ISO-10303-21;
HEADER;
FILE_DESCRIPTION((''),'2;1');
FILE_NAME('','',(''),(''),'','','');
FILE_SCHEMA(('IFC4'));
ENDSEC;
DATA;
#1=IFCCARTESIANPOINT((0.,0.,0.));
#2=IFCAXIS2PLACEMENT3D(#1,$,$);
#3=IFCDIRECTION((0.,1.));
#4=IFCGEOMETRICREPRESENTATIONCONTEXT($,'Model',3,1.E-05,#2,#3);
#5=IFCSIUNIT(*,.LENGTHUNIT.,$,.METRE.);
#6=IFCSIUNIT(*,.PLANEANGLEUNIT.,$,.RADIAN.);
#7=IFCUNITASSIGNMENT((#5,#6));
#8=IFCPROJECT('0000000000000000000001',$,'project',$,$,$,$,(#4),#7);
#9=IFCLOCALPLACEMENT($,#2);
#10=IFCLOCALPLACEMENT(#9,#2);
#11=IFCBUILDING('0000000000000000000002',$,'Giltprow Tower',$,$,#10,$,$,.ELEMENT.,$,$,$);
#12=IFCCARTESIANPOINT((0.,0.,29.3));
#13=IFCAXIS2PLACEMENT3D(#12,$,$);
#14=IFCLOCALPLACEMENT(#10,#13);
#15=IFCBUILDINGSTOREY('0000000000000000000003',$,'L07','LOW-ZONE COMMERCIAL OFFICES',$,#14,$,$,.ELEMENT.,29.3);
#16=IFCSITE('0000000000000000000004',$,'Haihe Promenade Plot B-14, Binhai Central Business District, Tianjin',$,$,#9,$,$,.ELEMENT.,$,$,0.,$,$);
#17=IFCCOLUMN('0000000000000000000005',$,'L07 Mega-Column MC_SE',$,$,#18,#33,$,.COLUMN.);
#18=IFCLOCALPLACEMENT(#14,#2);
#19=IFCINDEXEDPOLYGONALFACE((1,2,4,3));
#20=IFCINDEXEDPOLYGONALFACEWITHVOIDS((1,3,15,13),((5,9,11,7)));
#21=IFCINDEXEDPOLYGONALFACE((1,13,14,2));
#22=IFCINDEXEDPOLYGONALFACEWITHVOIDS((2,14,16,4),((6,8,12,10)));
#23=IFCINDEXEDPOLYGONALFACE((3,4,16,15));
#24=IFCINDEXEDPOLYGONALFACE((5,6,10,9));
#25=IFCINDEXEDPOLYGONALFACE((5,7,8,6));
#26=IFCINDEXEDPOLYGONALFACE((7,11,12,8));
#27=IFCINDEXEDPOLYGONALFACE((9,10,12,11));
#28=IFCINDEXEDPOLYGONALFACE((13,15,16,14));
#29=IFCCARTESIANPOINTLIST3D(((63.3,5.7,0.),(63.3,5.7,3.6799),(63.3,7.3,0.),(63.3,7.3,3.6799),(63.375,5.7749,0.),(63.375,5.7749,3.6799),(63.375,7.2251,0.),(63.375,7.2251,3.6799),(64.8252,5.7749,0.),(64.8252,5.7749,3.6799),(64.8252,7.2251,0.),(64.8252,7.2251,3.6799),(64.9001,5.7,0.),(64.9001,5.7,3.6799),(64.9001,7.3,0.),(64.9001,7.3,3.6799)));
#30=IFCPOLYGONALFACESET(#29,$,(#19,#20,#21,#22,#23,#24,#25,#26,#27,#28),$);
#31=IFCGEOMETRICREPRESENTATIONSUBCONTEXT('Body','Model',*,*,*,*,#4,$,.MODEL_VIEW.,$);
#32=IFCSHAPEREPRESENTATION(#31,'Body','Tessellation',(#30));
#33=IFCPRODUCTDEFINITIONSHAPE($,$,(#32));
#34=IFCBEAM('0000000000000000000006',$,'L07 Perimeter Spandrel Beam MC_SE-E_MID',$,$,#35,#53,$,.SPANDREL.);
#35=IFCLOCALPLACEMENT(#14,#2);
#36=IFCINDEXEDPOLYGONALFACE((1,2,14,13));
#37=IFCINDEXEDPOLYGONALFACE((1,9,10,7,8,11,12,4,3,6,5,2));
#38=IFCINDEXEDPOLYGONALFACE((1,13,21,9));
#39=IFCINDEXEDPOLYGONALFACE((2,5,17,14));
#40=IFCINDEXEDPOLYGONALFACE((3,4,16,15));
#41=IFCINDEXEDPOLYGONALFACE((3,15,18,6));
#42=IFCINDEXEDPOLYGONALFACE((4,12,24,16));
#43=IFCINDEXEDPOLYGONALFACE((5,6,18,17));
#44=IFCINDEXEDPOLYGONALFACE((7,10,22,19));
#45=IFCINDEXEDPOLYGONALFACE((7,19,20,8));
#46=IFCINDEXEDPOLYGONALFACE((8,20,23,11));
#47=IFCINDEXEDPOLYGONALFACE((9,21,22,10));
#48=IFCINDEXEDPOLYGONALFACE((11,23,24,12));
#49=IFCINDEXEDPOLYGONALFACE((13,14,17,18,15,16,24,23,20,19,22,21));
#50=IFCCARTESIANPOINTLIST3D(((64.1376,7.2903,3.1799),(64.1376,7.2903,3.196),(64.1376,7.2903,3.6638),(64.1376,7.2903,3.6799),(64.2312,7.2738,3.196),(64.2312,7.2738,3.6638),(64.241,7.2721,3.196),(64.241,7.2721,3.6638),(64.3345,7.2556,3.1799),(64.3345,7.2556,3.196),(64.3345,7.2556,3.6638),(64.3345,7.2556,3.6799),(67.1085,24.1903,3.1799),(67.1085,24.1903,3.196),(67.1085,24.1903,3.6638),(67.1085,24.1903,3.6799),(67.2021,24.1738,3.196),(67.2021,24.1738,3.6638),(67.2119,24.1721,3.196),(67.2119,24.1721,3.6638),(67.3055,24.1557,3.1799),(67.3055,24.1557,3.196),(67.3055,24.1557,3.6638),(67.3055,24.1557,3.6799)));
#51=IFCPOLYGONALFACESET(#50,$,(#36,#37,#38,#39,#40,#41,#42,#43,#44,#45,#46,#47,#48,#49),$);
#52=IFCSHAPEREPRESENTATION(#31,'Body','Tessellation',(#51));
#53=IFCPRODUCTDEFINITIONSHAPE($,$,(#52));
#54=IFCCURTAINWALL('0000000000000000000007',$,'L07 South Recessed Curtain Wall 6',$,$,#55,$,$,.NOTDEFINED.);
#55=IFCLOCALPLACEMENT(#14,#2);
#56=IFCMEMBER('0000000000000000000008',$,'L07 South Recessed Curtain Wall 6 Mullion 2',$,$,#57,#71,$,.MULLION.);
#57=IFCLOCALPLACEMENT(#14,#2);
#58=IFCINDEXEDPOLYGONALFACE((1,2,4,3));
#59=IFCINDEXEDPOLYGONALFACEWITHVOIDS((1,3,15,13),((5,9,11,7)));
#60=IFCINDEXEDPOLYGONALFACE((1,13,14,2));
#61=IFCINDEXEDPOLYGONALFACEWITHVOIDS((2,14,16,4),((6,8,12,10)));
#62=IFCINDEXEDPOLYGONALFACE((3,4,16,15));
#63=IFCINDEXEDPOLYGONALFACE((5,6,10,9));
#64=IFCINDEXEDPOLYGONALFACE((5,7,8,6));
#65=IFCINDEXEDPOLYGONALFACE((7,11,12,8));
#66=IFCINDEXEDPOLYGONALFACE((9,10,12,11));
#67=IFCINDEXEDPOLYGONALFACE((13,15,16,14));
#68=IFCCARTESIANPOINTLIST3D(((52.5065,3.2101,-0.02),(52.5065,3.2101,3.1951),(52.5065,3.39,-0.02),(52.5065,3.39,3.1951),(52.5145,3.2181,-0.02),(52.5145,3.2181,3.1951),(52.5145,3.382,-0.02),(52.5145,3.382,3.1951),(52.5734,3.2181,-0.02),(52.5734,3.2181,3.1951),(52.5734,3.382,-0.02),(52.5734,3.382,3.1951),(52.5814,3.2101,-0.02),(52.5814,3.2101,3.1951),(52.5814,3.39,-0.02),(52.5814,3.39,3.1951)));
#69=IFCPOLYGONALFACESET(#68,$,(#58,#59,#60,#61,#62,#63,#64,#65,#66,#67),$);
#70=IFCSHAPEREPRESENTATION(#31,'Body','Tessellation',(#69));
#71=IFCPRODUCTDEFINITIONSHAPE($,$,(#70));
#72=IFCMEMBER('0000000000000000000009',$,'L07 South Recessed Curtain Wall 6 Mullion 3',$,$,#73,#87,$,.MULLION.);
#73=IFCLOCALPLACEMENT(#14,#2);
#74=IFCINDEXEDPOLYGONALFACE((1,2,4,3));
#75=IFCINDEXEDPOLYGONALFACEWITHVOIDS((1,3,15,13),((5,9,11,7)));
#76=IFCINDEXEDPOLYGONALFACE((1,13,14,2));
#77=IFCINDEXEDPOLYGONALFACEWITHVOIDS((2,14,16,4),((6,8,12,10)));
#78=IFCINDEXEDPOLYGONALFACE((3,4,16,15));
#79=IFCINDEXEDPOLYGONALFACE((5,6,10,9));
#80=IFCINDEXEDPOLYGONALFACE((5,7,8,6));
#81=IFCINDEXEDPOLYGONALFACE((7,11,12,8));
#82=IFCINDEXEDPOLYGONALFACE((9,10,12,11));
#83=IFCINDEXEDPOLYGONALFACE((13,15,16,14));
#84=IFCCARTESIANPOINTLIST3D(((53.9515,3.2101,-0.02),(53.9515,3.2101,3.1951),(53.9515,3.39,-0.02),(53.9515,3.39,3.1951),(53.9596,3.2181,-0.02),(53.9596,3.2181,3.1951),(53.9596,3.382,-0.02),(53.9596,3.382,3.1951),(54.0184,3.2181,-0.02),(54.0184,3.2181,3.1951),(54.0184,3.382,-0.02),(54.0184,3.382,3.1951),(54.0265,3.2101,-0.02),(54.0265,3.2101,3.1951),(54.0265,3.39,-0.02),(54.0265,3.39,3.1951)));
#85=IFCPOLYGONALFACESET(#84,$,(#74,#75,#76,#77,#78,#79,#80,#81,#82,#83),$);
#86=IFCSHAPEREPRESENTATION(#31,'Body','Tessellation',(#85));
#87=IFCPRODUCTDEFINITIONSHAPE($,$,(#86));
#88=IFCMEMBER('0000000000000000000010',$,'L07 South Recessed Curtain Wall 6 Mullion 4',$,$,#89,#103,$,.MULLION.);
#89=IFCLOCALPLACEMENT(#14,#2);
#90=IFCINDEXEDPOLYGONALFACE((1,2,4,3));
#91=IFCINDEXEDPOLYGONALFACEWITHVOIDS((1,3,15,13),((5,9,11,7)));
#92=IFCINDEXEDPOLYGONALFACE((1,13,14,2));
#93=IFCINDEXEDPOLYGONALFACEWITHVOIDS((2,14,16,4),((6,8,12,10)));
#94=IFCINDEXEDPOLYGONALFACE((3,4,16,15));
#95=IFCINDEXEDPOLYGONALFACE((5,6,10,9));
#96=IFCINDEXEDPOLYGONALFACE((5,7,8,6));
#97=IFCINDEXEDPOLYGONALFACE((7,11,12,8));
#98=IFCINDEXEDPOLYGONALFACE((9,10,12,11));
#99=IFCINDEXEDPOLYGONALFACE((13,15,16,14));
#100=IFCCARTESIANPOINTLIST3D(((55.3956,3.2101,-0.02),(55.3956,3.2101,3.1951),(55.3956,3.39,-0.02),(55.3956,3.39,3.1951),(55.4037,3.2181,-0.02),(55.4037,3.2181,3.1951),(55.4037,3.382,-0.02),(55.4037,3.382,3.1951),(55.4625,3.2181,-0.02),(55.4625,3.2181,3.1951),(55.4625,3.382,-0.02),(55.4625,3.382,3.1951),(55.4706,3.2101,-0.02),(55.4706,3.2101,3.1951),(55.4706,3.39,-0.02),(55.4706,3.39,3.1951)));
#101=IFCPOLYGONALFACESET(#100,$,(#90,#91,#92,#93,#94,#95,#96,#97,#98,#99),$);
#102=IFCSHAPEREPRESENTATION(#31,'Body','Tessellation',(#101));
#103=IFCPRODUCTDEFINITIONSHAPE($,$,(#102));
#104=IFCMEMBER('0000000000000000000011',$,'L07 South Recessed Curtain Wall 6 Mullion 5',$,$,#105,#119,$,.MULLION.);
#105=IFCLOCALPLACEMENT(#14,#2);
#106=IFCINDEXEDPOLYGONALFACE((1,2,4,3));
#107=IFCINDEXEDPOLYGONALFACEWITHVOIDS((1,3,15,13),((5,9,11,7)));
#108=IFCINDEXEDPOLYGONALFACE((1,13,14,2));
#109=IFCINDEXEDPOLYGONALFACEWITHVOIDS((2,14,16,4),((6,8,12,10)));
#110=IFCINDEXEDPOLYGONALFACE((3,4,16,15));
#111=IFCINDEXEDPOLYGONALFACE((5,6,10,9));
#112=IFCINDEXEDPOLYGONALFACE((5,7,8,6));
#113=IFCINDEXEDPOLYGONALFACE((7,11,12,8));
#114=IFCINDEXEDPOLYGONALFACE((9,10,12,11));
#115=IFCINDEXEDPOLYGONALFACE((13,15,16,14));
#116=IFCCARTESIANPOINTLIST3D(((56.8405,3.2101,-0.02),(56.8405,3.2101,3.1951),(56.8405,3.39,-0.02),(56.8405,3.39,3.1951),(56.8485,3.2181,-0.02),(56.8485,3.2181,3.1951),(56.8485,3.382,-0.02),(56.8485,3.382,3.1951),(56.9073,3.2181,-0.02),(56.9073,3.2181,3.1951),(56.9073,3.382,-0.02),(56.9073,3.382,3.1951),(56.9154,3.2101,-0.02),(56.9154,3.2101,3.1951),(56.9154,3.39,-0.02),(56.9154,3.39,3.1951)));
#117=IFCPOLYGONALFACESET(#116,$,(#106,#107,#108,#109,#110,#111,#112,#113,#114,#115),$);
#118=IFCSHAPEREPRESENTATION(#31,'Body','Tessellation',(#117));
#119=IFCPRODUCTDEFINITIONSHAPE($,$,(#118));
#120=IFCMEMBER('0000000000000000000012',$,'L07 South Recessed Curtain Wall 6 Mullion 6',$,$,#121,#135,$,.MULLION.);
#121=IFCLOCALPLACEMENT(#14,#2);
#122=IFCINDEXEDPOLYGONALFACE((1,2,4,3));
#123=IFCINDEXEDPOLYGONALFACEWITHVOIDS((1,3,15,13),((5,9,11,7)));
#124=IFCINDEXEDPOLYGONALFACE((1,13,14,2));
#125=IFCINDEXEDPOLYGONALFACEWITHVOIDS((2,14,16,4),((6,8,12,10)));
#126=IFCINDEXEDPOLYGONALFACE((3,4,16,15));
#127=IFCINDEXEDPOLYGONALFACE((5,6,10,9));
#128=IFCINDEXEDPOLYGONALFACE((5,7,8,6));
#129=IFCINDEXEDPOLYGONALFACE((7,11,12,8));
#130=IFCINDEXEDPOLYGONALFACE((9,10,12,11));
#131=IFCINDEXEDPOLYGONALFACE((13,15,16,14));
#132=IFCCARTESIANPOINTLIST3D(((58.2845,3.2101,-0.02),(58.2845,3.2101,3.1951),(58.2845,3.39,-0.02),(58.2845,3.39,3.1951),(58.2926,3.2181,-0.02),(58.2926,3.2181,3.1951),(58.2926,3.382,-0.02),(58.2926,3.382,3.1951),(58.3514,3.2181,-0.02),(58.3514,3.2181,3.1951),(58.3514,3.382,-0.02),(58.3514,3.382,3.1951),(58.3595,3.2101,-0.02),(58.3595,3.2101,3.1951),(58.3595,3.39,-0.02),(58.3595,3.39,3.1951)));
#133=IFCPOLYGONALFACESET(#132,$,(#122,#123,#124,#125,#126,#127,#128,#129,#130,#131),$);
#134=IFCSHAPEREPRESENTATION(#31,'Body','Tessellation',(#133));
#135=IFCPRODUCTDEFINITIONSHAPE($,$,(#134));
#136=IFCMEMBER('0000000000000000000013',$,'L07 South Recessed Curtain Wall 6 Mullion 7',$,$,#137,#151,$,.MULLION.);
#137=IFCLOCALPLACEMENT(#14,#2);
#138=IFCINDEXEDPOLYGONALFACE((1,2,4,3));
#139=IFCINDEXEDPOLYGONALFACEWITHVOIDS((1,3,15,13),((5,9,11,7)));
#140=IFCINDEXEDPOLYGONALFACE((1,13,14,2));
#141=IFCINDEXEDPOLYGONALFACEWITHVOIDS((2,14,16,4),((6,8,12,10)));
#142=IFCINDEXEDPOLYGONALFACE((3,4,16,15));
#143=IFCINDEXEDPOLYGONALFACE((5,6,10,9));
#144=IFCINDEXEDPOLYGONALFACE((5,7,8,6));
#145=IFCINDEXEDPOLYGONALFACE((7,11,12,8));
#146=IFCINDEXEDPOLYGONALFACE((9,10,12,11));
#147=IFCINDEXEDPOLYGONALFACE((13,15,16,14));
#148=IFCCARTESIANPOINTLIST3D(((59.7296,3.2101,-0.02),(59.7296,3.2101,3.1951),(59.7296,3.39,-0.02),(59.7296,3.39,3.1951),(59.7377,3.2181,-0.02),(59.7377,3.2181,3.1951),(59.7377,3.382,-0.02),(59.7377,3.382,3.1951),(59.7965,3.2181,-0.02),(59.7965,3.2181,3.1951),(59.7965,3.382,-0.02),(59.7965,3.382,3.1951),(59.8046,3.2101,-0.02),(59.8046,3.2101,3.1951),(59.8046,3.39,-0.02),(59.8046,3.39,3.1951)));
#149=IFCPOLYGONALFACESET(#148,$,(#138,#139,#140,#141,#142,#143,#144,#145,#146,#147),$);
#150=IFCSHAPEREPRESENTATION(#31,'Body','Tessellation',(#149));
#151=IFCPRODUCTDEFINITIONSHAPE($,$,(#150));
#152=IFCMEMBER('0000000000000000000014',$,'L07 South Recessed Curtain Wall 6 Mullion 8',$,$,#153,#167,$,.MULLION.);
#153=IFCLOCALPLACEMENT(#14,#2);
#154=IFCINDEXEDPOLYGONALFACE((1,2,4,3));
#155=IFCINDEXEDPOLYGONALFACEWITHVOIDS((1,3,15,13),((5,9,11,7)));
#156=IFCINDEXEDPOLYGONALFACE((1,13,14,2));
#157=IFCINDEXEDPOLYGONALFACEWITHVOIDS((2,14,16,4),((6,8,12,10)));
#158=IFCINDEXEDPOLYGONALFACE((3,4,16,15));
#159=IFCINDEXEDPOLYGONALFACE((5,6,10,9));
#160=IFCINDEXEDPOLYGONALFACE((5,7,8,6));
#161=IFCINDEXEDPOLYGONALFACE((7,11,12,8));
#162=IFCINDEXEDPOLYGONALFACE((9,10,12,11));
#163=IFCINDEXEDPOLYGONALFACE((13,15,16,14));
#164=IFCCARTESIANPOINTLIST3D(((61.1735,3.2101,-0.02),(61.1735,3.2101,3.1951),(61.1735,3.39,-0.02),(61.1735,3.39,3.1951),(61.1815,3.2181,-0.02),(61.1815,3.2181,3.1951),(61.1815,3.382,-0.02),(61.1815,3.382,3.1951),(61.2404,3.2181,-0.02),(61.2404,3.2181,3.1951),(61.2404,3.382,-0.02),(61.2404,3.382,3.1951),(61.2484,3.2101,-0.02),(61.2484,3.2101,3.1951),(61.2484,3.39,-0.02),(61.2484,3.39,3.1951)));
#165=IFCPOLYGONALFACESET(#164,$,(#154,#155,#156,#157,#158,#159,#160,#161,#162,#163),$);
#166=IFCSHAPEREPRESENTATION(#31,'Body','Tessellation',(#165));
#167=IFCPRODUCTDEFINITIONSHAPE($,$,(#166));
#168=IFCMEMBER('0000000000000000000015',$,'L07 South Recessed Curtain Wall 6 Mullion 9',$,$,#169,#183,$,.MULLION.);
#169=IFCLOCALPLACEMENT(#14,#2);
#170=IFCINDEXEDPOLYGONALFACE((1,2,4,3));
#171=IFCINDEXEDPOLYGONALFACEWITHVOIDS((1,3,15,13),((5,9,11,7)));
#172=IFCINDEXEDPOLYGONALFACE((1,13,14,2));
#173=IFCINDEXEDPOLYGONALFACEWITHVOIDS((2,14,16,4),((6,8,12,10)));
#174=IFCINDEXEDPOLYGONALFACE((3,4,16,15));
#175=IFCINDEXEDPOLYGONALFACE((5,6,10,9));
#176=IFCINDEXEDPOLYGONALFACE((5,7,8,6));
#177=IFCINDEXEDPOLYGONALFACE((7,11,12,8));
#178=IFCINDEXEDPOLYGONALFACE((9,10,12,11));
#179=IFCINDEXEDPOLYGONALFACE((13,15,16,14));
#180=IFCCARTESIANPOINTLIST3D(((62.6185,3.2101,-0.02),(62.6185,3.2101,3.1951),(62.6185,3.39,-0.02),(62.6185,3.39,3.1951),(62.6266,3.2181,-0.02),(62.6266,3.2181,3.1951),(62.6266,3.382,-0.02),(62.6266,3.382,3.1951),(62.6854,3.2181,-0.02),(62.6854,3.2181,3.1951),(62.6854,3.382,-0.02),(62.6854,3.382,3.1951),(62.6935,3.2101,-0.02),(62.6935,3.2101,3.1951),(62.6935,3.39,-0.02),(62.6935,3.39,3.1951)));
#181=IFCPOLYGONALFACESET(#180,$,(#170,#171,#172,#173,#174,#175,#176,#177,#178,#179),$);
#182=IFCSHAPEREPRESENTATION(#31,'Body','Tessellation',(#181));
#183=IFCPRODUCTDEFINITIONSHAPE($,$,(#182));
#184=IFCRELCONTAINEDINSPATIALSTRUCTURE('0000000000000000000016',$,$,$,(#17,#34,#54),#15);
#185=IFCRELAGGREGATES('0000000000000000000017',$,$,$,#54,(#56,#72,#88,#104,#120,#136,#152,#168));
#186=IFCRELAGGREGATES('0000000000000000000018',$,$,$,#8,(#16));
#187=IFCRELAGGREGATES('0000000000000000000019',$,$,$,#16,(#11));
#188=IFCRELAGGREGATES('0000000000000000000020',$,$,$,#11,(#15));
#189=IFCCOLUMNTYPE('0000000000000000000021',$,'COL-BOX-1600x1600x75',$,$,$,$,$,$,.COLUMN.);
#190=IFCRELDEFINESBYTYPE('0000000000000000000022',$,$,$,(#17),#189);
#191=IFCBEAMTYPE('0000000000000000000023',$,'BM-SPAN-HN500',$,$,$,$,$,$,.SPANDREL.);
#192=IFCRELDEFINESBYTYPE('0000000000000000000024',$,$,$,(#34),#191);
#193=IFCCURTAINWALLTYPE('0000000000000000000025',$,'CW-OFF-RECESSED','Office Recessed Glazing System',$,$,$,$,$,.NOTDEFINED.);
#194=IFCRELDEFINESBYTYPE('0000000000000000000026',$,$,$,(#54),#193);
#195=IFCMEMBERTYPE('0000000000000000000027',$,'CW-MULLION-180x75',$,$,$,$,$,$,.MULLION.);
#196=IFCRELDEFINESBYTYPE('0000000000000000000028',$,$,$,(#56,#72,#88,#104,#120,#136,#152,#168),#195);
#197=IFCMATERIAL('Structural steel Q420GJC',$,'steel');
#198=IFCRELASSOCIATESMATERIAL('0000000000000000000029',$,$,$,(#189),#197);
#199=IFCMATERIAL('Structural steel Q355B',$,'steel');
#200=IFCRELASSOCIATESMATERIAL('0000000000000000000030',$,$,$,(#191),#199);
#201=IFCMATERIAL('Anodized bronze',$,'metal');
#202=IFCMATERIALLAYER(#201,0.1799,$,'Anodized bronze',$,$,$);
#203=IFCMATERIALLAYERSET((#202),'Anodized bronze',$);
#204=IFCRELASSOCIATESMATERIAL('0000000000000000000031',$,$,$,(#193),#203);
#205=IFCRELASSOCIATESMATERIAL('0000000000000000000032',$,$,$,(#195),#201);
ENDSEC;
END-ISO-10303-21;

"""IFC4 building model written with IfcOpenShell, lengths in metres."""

from ifc_helpers import new_model, si_unit, direction, frame, origin, origin_2d, place, context, subcontext, project, spatial, hollow_rectangle, i_section, extrude, source, transform, mapped, material, layer, layer_set, material_profile, profile_set, type_object, element, aggregate, save


model = new_model("IFC4")

# Units and contexts
model_context = context("Model", 3, precision=1e-05, world=origin(), true_north=direction((0.0, 1.0)))
body_context = subcontext(model_context, "Body", "Model", "MODEL_VIEW")
ifc_project = project(units=[si_unit("LENGTHUNIT", "METRE"), si_unit("PLANEANGLEUNIT", "RADIAN")], contexts=[model_context])

# Site, building, storey
site_placement = place(None, origin())
site = spatial("IfcSite", under=ifc_project, at=site_placement, Name="Haihe Promenade Plot B-14, Binhai Central Business District, Tianjin", CompositionType="ELEMENT", RefElevation=0.0)
building_placement = place(site_placement, origin())
building = spatial("IfcBuilding", under=site, at=building_placement, Name="Giltprow Tower", CompositionType="ELEMENT")
storey_placement = place(building_placement, frame((0.0, 0.0, 29.3)))
storey = spatial("IfcBuildingStorey", under=building, at=storey_placement, Name="L07", Description="LOW-ZONE COMMERCIAL OFFICES", CompositionType="ELEMENT", Elevation=29.3)

# Column
ifc_material_1 = material(Name="Structural steel Q420GJC", Category="steel")
ifc_material_profile_1 = material_profile(ifc_material_1, hollow_rectangle(XDim=1.6001, YDim=1.6001, WallThickness=0.075, at=origin_2d()), Name="BOX 1600x1600x75")
ifc_profile_set_1 = profile_set([ifc_material_profile_1], Name="Structural steel Q420GJC")
column_type = type_object("IfcColumnType", Name="COL-BOX-1600x1600x75", PredefinedType="COLUMN", material=ifc_profile_set_1)
shared_shape_1 = source(origin(), body_context, "Body", "SweptSolid", [
    extrude(hollow_rectangle(XDim=1.6001, YDim=1.6001, WallThickness=0.075, at=origin_2d()), origin(), (0.0, 0.0, 1.0), 3.6799),
])
column_placement = place(storey_placement, frame((64.1001, 6.5, 0.0), z_axis=(0.0, 0.0, 1.0), x_axis=(1.0, 0.0, 0.0)))
element("IfcColumn", 1, at=column_placement, inside=storey, type_object=column_type, Name="L07 Mega-Column MC_SE", PredefinedType="COLUMN", context=body_context, shape_type="MappedRepresentation", body=[
    mapped(shared_shape_1, transform((0.0, 0.0, 0.0), x_axis=(1.0, 0.0, 0.0), y_axis=(0.0, 1.0, 0.0), z_axis=(0.0, 0.0, 1.0), scale=1.0)),
])

# Beam
ifc_material_2 = material(Name="Structural steel Q355B", Category="steel")
ifc_material_profile_2 = material_profile(ifc_material_2, i_section(OverallWidth=0.2, OverallDepth=0.5, WebThickness=0.01, FlangeThickness=0.0161, at=origin_2d()), Name="HN 500x200x10x16")
ifc_profile_set_2 = profile_set([ifc_material_profile_2], Name="Structural steel Q355B")
beam_type = type_object("IfcBeamType", Name="BM-SPAN-HN500", PredefinedType="SPANDREL", material=ifc_profile_set_2)
shared_shape_2 = source(origin(), body_context, "Body", "SweptSolid", [
    extrude(i_section(OverallWidth=0.2, OverallDepth=0.5, WebThickness=0.01, FlangeThickness=0.0161, at=origin_2d()), origin(), (0.0, 0.0, 1.0), 17.1592),
])
beam_placement = place(storey_placement, frame((64.2361, 7.2729, 3.4299), z_axis=(0.173139, 0.984897, 0.0), x_axis=(-0.984897, 0.173139, 0.0)))
element("IfcBeam", 2, at=beam_placement, inside=storey, type_object=beam_type, Name="L07 Perimeter Spandrel Beam MC_SE-E_MID", PredefinedType="SPANDREL", context=body_context, shape_type="MappedRepresentation", body=[
    mapped(shared_shape_2, transform((0.0, 0.0, 0.0), x_axis=(1.0, 0.0, 0.0), y_axis=(0.0, 1.0, 0.0), z_axis=(0.0, 0.0, 1.0), scale=1.0)),
])

# Curtain wall, members
ifc_material_3 = material(Name="Anodized bronze", Category="metal")
ifc_layer_1 = layer(ifc_material_3, 0.1799, Name="Anodized bronze")
ifc_layer_set_1 = layer_set([ifc_layer_1], Name="Anodized bronze")
curtain_wall_type = type_object("IfcCurtainWallType", Name="CW-OFF-RECESSED", Description="Office Recessed Glazing System", PredefinedType="NOTDEFINED", material=ifc_layer_set_1)
curtain_wall_placement = place(storey_placement, origin())
curtain_wall = element("IfcCurtainWall", 3, at=curtain_wall_placement, inside=storey, type_object=curtain_wall_type, Name="L07 South Recessed Curtain Wall 6", PredefinedType="NOTDEFINED")
ifc_material_profile_3 = material_profile(ifc_material_3, hollow_rectangle(XDim=0.075, YDim=0.1799, WallThickness=0.0081, at=origin_2d()), Name="RHS 180x75x8")
ifc_profile_set_3 = profile_set([ifc_material_profile_3], Name="Anodized bronze")
member_type = type_object("IfcMemberType", Name="CW-MULLION-180x75", PredefinedType="MULLION", material=ifc_profile_set_3)
shared_shape_3 = source(origin(), body_context, "Body", "SweptSolid", [
    extrude(hollow_rectangle(XDim=0.075, YDim=0.1799, WallThickness=0.0081, at=origin_2d()), origin(), (0.0, 0.0, 1.0), 3.2151),
])
member_1_placement = place(storey_placement, frame((52.5439, 3.3, -0.02), z_axis=(0.0, 0.0, 1.0), x_axis=(1.0, 0.0, 0.0)))
member_1 = element("IfcMember", 4, at=member_1_placement, type_object=member_type, Name="L07 South Recessed Curtain Wall 6 Mullion 2", PredefinedType="MULLION", context=body_context, shape_type="MappedRepresentation", body=[
    mapped(shared_shape_3, transform((0.0, 0.0, 0.0), x_axis=(1.0, 0.0, 0.0), y_axis=(0.0, 1.0, 0.0), z_axis=(0.0, 0.0, 1.0), scale=1.0)),
])
member_2_placement = place(storey_placement, frame((53.989, 3.3, -0.02), z_axis=(0.0, 0.0, 1.0), x_axis=(1.0, 0.0, 0.0)))
member_2 = element("IfcMember", 5, at=member_2_placement, type_object=member_type, Name="L07 South Recessed Curtain Wall 6 Mullion 3", PredefinedType="MULLION", context=body_context, shape_type="MappedRepresentation", body=[
    mapped(shared_shape_3, transform((0.0, 0.0, 0.0), x_axis=(1.0, 0.0, 0.0), y_axis=(0.0, 1.0, 0.0), z_axis=(0.0, 0.0, 1.0), scale=1.0)),
])
member_3_placement = place(storey_placement, frame((55.4331, 3.3, -0.02), z_axis=(0.0, 0.0, 1.0), x_axis=(1.0, 0.0, 0.0)))
member_3 = element("IfcMember", 6, at=member_3_placement, type_object=member_type, Name="L07 South Recessed Curtain Wall 6 Mullion 4", PredefinedType="MULLION", context=body_context, shape_type="MappedRepresentation", body=[
    mapped(shared_shape_3, transform((0.0, 0.0, 0.0), x_axis=(1.0, 0.0, 0.0), y_axis=(0.0, 1.0, 0.0), z_axis=(0.0, 0.0, 1.0), scale=1.0)),
])
member_4_placement = place(storey_placement, frame((56.8779, 3.3, -0.02), z_axis=(0.0, 0.0, 1.0), x_axis=(1.0, 0.0, 0.0)))
member_4 = element("IfcMember", 7, at=member_4_placement, type_object=member_type, Name="L07 South Recessed Curtain Wall 6 Mullion 5", PredefinedType="MULLION", context=body_context, shape_type="MappedRepresentation", body=[
    mapped(shared_shape_3, transform((0.0, 0.0, 0.0), x_axis=(1.0, 0.0, 0.0), y_axis=(0.0, 1.0, 0.0), z_axis=(0.0, 0.0, 1.0), scale=1.0)),
])
member_5_placement = place(storey_placement, frame((58.322, 3.3, -0.02), z_axis=(0.0, 0.0, 1.0), x_axis=(1.0, 0.0, 0.0)))
member_5 = element("IfcMember", 8, at=member_5_placement, type_object=member_type, Name="L07 South Recessed Curtain Wall 6 Mullion 6", PredefinedType="MULLION", context=body_context, shape_type="MappedRepresentation", body=[
    mapped(shared_shape_3, transform((0.0, 0.0, 0.0), x_axis=(1.0, 0.0, 0.0), y_axis=(0.0, 1.0, 0.0), z_axis=(0.0, 0.0, 1.0), scale=1.0)),
])
member_6_placement = place(storey_placement, frame((59.7671, 3.3, -0.02), z_axis=(0.0, 0.0, 1.0), x_axis=(1.0, 0.0, 0.0)))
member_6 = element("IfcMember", 9, at=member_6_placement, type_object=member_type, Name="L07 South Recessed Curtain Wall 6 Mullion 7", PredefinedType="MULLION", context=body_context, shape_type="MappedRepresentation", body=[
    mapped(shared_shape_3, transform((0.0, 0.0, 0.0), x_axis=(1.0, 0.0, 0.0), y_axis=(0.0, 1.0, 0.0), z_axis=(0.0, 0.0, 1.0), scale=1.0)),
])
member_7_placement = place(storey_placement, frame((61.2109, 3.3, -0.02), z_axis=(0.0, 0.0, 1.0), x_axis=(1.0, 0.0, 0.0)))
member_7 = element("IfcMember", 10, at=member_7_placement, type_object=member_type, Name="L07 South Recessed Curtain Wall 6 Mullion 8", PredefinedType="MULLION", context=body_context, shape_type="MappedRepresentation", body=[
    mapped(shared_shape_3, transform((0.0, 0.0, 0.0), x_axis=(1.0, 0.0, 0.0), y_axis=(0.0, 1.0, 0.0), z_axis=(0.0, 0.0, 1.0), scale=1.0)),
])
member_8_placement = place(storey_placement, frame((62.656, 3.3, -0.02), z_axis=(0.0, 0.0, 1.0), x_axis=(1.0, 0.0, 0.0)))
member_8 = element("IfcMember", 11, at=member_8_placement, type_object=member_type, Name="L07 South Recessed Curtain Wall 6 Mullion 9", PredefinedType="MULLION", context=body_context, shape_type="MappedRepresentation", body=[
    mapped(shared_shape_3, transform((0.0, 0.0, 0.0), x_axis=(1.0, 0.0, 0.0), y_axis=(0.0, 1.0, 0.0), z_axis=(0.0, 0.0, 1.0), scale=1.0)),
])
aggregate(curtain_wall, [member_1, member_2, member_3, member_4, member_5, member_6, member_7, member_8])

save(model, "model.ifc")
